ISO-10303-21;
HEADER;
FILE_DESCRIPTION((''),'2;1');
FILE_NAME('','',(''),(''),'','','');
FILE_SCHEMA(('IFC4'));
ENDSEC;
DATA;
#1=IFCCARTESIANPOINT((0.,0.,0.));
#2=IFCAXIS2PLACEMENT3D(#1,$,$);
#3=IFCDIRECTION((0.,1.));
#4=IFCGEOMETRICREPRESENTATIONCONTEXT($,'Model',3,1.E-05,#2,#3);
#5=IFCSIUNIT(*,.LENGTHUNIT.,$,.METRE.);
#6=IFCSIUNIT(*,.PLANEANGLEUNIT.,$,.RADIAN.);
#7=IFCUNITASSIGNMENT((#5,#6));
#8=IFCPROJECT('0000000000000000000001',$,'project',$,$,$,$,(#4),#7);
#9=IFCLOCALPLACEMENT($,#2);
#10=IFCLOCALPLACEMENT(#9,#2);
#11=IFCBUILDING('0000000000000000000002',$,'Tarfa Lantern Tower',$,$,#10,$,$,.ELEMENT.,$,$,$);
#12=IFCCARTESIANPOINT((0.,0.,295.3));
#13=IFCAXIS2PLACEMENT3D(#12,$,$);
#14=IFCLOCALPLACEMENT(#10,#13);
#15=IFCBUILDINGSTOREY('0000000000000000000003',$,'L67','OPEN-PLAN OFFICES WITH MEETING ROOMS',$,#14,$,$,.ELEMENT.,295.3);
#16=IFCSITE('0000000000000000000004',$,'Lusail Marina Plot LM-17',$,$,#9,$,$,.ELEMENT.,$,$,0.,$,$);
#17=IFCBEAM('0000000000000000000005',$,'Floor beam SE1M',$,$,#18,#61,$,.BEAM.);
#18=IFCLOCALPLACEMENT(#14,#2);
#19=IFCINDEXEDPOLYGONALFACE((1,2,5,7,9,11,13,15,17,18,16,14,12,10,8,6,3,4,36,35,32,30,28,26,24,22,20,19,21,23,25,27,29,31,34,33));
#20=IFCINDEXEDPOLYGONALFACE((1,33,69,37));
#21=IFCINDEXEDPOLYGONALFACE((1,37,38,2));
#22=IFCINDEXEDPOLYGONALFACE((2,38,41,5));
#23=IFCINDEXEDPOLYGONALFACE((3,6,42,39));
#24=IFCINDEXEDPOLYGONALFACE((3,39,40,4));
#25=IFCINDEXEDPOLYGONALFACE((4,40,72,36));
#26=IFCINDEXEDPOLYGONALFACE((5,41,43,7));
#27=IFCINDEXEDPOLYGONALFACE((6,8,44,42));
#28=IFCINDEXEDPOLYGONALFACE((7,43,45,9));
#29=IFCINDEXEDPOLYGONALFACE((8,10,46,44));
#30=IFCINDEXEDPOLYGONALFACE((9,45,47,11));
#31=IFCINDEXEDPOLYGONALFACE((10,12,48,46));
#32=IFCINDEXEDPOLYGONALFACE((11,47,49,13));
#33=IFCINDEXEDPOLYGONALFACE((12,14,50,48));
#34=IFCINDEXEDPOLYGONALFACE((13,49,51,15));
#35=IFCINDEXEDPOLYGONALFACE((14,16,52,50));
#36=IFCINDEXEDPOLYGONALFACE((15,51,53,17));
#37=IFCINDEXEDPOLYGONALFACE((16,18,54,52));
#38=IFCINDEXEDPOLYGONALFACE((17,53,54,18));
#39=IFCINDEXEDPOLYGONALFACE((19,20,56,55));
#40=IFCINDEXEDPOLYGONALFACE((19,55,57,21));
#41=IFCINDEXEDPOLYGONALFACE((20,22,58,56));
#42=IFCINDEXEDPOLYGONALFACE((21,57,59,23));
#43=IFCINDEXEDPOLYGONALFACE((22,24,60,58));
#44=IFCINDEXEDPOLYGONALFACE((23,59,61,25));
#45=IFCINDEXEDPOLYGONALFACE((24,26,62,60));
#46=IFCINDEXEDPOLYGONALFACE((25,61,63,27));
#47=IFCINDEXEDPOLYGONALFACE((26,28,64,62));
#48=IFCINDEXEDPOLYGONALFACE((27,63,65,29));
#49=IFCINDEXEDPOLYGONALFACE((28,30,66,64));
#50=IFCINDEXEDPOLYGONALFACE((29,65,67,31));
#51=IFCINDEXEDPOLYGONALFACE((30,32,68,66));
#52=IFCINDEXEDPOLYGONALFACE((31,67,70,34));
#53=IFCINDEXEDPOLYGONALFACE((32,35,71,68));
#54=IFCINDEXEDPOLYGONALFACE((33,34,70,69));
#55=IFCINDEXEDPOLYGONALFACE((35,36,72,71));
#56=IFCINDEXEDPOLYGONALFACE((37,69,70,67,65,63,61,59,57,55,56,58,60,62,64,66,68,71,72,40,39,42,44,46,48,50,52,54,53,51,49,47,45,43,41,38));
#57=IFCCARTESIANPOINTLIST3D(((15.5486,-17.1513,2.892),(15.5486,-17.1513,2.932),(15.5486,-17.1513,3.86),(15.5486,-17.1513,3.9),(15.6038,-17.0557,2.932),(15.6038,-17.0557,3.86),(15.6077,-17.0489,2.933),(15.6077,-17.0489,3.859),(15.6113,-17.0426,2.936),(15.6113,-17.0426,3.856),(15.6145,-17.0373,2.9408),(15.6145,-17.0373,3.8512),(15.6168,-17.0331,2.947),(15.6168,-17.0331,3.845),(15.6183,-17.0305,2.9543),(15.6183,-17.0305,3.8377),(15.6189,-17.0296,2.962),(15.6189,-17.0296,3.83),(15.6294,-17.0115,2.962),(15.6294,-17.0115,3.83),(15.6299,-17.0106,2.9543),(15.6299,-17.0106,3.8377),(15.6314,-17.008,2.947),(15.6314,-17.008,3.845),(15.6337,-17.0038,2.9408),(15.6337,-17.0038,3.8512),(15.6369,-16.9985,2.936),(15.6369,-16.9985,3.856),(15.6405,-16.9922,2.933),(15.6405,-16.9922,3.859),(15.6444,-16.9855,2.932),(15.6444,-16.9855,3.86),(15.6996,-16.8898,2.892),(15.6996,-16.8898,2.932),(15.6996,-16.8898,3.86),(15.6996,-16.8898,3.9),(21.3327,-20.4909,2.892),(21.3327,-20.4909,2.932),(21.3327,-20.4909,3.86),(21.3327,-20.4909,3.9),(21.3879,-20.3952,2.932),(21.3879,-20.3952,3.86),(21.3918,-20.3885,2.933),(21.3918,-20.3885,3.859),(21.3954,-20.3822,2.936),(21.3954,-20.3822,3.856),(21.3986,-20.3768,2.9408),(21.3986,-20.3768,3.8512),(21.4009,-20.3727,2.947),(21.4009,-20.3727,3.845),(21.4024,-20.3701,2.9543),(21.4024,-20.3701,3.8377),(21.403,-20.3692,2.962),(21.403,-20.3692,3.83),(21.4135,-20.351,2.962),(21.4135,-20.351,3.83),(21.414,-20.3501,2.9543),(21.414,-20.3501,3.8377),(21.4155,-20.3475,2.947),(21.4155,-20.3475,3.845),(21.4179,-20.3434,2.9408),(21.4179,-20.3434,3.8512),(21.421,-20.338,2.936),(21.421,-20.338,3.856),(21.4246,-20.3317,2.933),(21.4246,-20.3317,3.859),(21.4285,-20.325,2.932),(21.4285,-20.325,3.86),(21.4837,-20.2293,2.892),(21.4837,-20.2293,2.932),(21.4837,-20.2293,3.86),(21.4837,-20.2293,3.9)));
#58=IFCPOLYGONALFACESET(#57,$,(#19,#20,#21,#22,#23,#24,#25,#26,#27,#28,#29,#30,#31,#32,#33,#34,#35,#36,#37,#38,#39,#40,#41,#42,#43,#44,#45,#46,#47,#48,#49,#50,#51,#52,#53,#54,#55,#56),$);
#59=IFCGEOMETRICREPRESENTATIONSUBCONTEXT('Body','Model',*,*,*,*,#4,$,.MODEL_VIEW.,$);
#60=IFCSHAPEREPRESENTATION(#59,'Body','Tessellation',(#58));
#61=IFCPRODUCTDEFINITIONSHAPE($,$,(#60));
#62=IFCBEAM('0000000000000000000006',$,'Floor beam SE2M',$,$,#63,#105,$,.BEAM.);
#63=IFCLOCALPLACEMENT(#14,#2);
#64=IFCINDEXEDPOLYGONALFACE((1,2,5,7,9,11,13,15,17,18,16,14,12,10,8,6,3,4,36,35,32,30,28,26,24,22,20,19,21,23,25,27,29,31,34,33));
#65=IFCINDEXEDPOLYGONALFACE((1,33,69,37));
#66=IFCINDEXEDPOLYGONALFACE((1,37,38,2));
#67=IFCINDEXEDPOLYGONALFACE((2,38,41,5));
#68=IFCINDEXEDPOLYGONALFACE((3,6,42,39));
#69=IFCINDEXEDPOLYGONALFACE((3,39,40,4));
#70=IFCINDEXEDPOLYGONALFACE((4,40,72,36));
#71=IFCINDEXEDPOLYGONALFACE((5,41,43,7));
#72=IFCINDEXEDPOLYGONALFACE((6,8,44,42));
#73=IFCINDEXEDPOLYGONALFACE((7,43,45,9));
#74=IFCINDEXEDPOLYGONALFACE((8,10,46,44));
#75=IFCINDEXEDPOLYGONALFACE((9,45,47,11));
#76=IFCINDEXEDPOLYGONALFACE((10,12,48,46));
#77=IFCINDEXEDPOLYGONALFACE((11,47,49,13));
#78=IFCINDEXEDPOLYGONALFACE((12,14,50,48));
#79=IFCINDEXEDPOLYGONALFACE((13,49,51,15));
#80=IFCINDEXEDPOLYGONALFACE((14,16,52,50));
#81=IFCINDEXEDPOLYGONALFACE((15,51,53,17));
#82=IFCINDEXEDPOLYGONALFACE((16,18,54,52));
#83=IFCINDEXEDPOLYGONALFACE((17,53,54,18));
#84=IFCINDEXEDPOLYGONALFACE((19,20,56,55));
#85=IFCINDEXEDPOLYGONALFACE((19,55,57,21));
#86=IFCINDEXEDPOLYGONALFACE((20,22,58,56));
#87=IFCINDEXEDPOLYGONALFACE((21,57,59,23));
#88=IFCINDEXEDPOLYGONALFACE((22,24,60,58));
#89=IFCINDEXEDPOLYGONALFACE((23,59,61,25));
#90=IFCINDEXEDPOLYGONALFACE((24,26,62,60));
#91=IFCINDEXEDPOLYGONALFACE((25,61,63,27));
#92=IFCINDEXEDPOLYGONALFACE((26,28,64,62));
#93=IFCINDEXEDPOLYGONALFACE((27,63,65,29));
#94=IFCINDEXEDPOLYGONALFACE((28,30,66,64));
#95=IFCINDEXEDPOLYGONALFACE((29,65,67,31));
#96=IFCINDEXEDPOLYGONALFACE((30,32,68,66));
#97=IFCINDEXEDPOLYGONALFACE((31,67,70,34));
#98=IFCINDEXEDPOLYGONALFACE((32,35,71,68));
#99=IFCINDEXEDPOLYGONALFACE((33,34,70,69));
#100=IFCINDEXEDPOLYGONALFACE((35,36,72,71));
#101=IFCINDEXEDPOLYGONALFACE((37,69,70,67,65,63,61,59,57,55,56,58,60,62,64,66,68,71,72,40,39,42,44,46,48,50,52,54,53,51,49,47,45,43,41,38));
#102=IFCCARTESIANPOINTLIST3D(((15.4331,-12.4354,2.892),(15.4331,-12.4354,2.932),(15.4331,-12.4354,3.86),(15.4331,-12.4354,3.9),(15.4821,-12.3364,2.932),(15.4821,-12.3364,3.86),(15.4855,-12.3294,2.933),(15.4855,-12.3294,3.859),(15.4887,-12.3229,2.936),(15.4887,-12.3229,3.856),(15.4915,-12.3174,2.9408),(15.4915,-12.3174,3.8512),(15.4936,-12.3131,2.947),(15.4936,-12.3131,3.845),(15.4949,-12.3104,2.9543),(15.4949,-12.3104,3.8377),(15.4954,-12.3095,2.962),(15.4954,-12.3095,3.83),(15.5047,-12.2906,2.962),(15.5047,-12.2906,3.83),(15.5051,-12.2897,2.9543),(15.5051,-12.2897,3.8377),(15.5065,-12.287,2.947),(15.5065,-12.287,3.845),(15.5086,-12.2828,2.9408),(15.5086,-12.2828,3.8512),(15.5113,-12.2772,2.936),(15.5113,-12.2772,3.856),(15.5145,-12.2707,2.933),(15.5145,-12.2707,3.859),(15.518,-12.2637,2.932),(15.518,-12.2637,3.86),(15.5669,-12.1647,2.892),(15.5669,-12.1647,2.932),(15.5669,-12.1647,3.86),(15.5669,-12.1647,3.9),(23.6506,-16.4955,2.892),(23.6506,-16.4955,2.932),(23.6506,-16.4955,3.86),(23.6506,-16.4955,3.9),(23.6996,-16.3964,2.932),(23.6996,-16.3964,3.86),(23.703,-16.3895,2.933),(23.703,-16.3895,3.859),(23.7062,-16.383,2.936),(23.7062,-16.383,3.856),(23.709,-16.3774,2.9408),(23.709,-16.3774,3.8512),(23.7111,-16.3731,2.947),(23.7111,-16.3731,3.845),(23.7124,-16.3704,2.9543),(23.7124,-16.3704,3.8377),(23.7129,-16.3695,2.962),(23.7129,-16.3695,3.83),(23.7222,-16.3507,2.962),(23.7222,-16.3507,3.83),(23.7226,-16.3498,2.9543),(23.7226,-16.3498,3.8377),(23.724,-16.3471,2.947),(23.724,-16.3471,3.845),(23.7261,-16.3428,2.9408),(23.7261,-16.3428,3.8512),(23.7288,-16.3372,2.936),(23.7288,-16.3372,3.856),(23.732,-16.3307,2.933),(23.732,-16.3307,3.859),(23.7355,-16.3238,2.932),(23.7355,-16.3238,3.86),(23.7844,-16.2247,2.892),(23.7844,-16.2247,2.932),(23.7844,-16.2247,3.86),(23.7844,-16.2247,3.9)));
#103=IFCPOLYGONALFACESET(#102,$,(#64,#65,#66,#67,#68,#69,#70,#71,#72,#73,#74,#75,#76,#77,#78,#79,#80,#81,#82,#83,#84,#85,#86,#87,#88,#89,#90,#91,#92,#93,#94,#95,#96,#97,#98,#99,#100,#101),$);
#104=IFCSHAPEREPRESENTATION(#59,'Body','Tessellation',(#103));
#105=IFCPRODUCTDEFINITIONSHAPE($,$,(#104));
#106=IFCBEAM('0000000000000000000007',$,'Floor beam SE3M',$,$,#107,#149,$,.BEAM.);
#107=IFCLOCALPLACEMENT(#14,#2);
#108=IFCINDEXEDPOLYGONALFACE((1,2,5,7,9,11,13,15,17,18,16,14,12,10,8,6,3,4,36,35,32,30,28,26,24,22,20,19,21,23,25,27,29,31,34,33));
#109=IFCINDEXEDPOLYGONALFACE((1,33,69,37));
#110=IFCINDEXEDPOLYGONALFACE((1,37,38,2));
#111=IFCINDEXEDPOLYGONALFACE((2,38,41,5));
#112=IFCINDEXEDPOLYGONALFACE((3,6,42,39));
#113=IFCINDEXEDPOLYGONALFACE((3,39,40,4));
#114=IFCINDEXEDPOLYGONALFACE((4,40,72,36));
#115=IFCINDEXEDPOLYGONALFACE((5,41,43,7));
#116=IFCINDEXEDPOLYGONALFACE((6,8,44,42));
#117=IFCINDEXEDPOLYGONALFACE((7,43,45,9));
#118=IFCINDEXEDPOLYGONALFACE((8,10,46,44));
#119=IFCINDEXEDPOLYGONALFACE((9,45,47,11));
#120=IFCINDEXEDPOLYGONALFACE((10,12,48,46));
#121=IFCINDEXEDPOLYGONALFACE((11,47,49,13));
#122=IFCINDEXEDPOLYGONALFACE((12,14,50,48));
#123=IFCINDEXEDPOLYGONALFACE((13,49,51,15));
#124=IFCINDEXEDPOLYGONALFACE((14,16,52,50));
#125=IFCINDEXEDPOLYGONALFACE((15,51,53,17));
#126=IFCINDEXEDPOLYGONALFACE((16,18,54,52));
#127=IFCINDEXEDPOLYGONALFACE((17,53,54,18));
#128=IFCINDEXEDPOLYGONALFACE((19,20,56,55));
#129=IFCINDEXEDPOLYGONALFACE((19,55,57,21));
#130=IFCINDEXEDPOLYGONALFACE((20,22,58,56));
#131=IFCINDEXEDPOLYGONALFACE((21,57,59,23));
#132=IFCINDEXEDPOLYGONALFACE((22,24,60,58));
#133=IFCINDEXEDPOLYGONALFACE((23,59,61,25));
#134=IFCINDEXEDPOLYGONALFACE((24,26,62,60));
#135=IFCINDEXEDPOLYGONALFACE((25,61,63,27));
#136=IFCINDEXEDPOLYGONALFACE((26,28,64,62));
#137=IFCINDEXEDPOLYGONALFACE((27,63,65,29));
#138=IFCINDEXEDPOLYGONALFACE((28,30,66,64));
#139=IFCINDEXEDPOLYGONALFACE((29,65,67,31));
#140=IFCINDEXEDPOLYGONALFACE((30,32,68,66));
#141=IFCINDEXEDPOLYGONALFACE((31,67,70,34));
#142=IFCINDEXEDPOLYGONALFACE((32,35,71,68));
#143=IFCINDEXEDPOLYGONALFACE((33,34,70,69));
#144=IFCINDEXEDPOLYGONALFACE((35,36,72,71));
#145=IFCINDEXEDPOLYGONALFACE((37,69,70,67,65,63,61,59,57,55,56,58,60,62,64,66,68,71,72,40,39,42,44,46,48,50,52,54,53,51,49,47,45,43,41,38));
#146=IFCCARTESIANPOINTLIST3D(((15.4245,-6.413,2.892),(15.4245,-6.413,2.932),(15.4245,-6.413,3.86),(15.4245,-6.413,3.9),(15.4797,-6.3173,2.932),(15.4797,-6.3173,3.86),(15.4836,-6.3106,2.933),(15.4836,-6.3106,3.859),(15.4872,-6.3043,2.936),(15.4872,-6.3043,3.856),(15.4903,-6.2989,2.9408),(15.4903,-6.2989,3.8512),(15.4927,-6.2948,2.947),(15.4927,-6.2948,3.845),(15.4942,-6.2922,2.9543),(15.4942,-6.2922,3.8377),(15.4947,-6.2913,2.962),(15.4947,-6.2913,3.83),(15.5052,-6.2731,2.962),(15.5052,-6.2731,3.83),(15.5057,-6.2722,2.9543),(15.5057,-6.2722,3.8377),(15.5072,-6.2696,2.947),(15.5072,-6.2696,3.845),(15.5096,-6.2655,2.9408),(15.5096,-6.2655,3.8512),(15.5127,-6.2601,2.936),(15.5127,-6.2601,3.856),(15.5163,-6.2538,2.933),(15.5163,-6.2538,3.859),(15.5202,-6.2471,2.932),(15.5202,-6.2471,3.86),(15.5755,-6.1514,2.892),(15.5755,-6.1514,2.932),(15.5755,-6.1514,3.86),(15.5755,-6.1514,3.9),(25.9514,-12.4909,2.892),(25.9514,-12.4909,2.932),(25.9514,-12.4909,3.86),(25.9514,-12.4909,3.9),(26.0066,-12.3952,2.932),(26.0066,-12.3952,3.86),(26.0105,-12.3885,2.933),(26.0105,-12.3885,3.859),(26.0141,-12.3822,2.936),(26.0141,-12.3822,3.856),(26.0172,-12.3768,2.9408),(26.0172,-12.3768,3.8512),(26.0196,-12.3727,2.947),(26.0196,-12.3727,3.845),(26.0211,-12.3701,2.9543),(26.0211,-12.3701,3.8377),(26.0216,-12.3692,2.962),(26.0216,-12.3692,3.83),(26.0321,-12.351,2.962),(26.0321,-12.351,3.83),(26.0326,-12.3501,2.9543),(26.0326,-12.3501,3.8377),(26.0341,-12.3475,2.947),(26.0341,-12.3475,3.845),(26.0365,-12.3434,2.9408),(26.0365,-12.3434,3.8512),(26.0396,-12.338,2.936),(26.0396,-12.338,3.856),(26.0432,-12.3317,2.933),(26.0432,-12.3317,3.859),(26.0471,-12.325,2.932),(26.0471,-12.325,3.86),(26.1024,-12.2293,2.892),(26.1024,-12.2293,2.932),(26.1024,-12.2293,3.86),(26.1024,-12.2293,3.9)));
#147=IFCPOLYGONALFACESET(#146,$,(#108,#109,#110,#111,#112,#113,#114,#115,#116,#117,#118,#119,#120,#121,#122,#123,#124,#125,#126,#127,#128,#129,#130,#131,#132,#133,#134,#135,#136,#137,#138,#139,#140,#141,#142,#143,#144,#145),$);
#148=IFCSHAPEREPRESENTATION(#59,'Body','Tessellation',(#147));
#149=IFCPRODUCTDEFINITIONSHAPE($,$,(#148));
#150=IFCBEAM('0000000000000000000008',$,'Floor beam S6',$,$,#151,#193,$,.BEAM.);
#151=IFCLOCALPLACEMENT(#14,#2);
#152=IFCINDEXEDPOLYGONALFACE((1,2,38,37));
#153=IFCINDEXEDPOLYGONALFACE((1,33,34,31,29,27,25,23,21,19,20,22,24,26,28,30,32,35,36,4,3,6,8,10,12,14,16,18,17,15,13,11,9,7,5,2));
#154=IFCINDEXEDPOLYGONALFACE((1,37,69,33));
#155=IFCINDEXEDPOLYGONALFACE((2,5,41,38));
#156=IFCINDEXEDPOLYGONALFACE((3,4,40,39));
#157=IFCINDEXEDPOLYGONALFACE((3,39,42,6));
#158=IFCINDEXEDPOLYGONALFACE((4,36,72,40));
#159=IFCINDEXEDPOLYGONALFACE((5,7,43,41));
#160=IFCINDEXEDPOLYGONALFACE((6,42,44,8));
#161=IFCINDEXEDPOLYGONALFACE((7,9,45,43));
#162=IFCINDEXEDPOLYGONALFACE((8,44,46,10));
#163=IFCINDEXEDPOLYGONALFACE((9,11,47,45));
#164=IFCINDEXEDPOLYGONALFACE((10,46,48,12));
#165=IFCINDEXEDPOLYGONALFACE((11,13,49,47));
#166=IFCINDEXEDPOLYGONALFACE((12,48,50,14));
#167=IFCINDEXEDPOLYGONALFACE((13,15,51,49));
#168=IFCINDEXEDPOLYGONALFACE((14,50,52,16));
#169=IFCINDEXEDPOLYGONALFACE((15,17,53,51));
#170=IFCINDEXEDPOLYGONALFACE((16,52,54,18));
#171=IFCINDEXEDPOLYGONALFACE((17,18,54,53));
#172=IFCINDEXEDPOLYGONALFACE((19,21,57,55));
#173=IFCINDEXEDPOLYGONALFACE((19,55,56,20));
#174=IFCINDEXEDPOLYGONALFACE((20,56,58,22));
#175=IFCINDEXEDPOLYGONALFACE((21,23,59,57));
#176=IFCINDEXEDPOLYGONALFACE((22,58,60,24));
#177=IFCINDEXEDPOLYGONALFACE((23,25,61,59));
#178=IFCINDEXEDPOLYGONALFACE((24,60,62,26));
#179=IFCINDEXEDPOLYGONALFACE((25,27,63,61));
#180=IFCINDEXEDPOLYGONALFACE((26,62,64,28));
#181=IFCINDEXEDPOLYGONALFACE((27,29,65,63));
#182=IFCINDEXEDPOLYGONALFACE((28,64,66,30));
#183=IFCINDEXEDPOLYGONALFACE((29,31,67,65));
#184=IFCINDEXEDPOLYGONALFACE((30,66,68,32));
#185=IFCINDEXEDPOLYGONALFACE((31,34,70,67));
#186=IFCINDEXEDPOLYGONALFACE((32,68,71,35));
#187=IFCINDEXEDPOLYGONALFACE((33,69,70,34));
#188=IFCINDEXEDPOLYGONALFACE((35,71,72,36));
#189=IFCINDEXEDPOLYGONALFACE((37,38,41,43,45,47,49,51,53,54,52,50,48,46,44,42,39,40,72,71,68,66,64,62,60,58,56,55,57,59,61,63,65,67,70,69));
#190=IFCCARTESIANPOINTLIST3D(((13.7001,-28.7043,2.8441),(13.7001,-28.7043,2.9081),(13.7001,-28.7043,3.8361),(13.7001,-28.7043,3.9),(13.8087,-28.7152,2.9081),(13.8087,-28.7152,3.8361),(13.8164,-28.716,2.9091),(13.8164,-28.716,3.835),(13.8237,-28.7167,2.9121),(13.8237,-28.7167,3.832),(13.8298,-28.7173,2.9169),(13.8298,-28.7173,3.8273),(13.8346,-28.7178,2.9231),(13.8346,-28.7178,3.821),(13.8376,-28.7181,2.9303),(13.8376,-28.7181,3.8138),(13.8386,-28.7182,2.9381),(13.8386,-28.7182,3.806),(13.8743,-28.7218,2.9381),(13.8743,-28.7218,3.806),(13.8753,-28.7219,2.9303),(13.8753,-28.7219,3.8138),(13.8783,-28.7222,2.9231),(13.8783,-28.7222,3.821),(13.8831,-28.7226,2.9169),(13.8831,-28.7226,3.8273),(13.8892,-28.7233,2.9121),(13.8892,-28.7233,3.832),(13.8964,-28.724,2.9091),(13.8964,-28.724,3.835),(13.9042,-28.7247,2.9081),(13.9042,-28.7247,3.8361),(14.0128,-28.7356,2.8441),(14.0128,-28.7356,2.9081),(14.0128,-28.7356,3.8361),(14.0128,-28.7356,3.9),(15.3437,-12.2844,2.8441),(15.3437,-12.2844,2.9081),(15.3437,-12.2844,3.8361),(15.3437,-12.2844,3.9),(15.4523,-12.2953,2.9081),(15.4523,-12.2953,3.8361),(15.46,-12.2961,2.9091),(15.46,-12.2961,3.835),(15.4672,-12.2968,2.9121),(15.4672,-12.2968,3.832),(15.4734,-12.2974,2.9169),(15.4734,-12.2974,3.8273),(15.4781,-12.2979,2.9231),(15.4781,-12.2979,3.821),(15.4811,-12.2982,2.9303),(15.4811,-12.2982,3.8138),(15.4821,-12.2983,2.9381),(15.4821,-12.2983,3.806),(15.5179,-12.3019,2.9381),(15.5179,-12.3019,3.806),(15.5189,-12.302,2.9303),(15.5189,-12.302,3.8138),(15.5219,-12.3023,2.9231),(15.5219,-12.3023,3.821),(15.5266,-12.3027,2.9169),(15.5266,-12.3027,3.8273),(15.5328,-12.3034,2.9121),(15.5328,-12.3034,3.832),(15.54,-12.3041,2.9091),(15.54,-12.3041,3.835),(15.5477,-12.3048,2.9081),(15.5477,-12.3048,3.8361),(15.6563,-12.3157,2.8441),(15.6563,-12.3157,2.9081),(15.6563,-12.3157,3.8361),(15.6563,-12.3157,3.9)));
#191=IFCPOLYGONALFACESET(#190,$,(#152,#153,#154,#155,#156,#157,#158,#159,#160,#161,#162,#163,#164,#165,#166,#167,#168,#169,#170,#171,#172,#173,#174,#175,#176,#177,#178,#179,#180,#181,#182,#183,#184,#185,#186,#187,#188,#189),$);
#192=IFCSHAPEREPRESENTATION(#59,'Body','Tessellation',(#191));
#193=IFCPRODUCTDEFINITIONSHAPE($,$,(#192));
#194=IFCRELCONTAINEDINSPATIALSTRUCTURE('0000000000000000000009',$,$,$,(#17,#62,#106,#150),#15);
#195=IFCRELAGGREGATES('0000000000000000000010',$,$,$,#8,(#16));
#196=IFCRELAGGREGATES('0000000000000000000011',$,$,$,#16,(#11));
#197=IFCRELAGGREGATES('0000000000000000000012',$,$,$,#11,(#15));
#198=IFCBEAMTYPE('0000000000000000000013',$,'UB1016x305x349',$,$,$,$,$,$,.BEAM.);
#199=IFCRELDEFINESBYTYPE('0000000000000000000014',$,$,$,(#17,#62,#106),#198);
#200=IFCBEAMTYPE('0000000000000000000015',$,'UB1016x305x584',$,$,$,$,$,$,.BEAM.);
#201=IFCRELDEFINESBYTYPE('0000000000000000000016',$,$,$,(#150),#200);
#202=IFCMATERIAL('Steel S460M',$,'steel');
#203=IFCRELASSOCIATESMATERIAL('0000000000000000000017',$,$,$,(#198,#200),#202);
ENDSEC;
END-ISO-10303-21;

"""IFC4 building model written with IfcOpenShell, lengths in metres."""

from ifc_helpers import new_model, si_unit, direction, frame, origin, origin_2d, place, context, subcontext, project, spatial, i_section, extrude, material, material_profile, profile_set, type_object, element, save


model = new_model("IFC4")

# Units and contexts
model_context = context("Model", 3, precision=1e-05, world=origin(), true_north=direction((0.0, 1.0)))
body_context = subcontext(model_context, "Body", "Model", "MODEL_VIEW")
ifc_project = project(units=[si_unit("LENGTHUNIT", "METRE"), si_unit("PLANEANGLEUNIT", "RADIAN")], contexts=[model_context])

# Site, building, storey
site_placement = place(None, origin())
site = spatial("IfcSite", under=ifc_project, at=site_placement, Name="Lusail Marina Plot LM-17", CompositionType="ELEMENT", RefElevation=0.0)
building_placement = place(site_placement, origin())
building = spatial("IfcBuilding", under=site, at=building_placement, Name="Tarfa Lantern Tower", CompositionType="ELEMENT")
storey_placement = place(building_placement, frame((0.0, 0.0, 295.3)))
storey = spatial("IfcBuildingStorey", under=building, at=storey_placement, Name="L67", Description="OPEN-PLAN OFFICES WITH MEETING ROOMS", CompositionType="ELEMENT", Elevation=295.3)

# Beams
ifc_material_1 = material(Name="Steel S460M", Category="steel")
ifc_material_profile_1 = material_profile(ifc_material_1, i_section(OverallWidth=0.302, OverallDepth=1.0081, WebThickness=0.021, FlangeThickness=0.04, FilletRadius=0.03, at=origin_2d()), Name="UB1016x305x349")
ifc_profile_set_1 = profile_set([ifc_material_profile_1], Name="Steel S460M")
beam_type_1 = type_object("IfcBeamType", Name="UB1016x305x349", PredefinedType="BEAM", material=ifc_profile_set_1)
beam_1_placement = place(storey_placement, frame((21.4082, -20.3601, 3.396), z_axis=(-0.866019, 0.500011, 0.0), x_axis=(-0.500011, -0.866019, 0.0)))
element("IfcBeam", 1, at=beam_1_placement, inside=storey, type_object=beam_type_1, Name="Floor beam SE1M", PredefinedType="BEAM", context=body_context, shape_type="SweptSolid", body=[
    extrude(i_section(OverallWidth=0.302, OverallDepth=1.0081, WebThickness=0.021, FlangeThickness=0.04, FilletRadius=0.03, at=origin_2d()), origin(), (0.0, 0.0, 1.0), 6.679),
])
beam_2_placement = place(storey_placement, frame((23.7175, -16.3601, 3.396), z_axis=(-0.896543, 0.442957, 0.0), x_axis=(-0.442957, -0.896543, 0.0)))
element("IfcBeam", 2, at=beam_2_placement, inside=storey, type_object=beam_type_1, Name="Floor beam SE2M", PredefinedType="BEAM", context=body_context, shape_type="SweptSolid", body=[
    extrude(i_section(OverallWidth=0.302, OverallDepth=1.0081, WebThickness=0.021, FlangeThickness=0.04, FilletRadius=0.03, at=origin_2d()), origin(), (0.0, 0.0, 1.0), 9.1658),
])
beam_3_placement = place(storey_placement, frame((26.0269, -12.3601, 3.396), z_axis=(-0.866018, 0.500012, 0.0), x_axis=(-0.500012, -0.866018, 0.0)))
element("IfcBeam", 3, at=beam_3_placement, inside=storey, type_object=beam_type_1, Name="Floor beam SE3M", PredefinedType="BEAM", context=body_context, shape_type="SweptSolid", body=[
    extrude(i_section(OverallWidth=0.302, OverallDepth=1.0081, WebThickness=0.021, FlangeThickness=0.04, FilletRadius=0.03, at=origin_2d()), origin(), (0.0, 0.0, 1.0), 12.1555),
])
ifc_material_profile_2 = material_profile(ifc_material_1, i_section(OverallWidth=0.3142, OverallDepth=1.0559, WebThickness=0.0359, FlangeThickness=0.064, FilletRadius=0.03, at=origin_2d()), Name="UB1016x305x584")
ifc_profile_set_2 = profile_set([ifc_material_profile_2], Name="Steel S460M")
beam_type_2 = type_object("IfcBeamType", Name="UB1016x305x584", PredefinedType="BEAM", material=ifc_profile_set_2)
beam_4_placement = place(storey_placement, frame((13.8564, -28.72, 3.3721), z_axis=(0.099597, 0.995028, 0.0), x_axis=(-0.995028, 0.099597, 0.0)))
element("IfcBeam", 4, at=beam_4_placement, inside=storey, type_object=beam_type_2, Name="Floor beam S6", PredefinedType="BEAM", context=body_context, shape_type="SweptSolid", body=[
    extrude(i_section(OverallWidth=0.3142, OverallDepth=1.0559, WebThickness=0.0359, FlangeThickness=0.064, FilletRadius=0.03, at=origin_2d()), origin(), (0.0, 0.0, 1.0), 16.502),
])

save(model, "model.ifc")
